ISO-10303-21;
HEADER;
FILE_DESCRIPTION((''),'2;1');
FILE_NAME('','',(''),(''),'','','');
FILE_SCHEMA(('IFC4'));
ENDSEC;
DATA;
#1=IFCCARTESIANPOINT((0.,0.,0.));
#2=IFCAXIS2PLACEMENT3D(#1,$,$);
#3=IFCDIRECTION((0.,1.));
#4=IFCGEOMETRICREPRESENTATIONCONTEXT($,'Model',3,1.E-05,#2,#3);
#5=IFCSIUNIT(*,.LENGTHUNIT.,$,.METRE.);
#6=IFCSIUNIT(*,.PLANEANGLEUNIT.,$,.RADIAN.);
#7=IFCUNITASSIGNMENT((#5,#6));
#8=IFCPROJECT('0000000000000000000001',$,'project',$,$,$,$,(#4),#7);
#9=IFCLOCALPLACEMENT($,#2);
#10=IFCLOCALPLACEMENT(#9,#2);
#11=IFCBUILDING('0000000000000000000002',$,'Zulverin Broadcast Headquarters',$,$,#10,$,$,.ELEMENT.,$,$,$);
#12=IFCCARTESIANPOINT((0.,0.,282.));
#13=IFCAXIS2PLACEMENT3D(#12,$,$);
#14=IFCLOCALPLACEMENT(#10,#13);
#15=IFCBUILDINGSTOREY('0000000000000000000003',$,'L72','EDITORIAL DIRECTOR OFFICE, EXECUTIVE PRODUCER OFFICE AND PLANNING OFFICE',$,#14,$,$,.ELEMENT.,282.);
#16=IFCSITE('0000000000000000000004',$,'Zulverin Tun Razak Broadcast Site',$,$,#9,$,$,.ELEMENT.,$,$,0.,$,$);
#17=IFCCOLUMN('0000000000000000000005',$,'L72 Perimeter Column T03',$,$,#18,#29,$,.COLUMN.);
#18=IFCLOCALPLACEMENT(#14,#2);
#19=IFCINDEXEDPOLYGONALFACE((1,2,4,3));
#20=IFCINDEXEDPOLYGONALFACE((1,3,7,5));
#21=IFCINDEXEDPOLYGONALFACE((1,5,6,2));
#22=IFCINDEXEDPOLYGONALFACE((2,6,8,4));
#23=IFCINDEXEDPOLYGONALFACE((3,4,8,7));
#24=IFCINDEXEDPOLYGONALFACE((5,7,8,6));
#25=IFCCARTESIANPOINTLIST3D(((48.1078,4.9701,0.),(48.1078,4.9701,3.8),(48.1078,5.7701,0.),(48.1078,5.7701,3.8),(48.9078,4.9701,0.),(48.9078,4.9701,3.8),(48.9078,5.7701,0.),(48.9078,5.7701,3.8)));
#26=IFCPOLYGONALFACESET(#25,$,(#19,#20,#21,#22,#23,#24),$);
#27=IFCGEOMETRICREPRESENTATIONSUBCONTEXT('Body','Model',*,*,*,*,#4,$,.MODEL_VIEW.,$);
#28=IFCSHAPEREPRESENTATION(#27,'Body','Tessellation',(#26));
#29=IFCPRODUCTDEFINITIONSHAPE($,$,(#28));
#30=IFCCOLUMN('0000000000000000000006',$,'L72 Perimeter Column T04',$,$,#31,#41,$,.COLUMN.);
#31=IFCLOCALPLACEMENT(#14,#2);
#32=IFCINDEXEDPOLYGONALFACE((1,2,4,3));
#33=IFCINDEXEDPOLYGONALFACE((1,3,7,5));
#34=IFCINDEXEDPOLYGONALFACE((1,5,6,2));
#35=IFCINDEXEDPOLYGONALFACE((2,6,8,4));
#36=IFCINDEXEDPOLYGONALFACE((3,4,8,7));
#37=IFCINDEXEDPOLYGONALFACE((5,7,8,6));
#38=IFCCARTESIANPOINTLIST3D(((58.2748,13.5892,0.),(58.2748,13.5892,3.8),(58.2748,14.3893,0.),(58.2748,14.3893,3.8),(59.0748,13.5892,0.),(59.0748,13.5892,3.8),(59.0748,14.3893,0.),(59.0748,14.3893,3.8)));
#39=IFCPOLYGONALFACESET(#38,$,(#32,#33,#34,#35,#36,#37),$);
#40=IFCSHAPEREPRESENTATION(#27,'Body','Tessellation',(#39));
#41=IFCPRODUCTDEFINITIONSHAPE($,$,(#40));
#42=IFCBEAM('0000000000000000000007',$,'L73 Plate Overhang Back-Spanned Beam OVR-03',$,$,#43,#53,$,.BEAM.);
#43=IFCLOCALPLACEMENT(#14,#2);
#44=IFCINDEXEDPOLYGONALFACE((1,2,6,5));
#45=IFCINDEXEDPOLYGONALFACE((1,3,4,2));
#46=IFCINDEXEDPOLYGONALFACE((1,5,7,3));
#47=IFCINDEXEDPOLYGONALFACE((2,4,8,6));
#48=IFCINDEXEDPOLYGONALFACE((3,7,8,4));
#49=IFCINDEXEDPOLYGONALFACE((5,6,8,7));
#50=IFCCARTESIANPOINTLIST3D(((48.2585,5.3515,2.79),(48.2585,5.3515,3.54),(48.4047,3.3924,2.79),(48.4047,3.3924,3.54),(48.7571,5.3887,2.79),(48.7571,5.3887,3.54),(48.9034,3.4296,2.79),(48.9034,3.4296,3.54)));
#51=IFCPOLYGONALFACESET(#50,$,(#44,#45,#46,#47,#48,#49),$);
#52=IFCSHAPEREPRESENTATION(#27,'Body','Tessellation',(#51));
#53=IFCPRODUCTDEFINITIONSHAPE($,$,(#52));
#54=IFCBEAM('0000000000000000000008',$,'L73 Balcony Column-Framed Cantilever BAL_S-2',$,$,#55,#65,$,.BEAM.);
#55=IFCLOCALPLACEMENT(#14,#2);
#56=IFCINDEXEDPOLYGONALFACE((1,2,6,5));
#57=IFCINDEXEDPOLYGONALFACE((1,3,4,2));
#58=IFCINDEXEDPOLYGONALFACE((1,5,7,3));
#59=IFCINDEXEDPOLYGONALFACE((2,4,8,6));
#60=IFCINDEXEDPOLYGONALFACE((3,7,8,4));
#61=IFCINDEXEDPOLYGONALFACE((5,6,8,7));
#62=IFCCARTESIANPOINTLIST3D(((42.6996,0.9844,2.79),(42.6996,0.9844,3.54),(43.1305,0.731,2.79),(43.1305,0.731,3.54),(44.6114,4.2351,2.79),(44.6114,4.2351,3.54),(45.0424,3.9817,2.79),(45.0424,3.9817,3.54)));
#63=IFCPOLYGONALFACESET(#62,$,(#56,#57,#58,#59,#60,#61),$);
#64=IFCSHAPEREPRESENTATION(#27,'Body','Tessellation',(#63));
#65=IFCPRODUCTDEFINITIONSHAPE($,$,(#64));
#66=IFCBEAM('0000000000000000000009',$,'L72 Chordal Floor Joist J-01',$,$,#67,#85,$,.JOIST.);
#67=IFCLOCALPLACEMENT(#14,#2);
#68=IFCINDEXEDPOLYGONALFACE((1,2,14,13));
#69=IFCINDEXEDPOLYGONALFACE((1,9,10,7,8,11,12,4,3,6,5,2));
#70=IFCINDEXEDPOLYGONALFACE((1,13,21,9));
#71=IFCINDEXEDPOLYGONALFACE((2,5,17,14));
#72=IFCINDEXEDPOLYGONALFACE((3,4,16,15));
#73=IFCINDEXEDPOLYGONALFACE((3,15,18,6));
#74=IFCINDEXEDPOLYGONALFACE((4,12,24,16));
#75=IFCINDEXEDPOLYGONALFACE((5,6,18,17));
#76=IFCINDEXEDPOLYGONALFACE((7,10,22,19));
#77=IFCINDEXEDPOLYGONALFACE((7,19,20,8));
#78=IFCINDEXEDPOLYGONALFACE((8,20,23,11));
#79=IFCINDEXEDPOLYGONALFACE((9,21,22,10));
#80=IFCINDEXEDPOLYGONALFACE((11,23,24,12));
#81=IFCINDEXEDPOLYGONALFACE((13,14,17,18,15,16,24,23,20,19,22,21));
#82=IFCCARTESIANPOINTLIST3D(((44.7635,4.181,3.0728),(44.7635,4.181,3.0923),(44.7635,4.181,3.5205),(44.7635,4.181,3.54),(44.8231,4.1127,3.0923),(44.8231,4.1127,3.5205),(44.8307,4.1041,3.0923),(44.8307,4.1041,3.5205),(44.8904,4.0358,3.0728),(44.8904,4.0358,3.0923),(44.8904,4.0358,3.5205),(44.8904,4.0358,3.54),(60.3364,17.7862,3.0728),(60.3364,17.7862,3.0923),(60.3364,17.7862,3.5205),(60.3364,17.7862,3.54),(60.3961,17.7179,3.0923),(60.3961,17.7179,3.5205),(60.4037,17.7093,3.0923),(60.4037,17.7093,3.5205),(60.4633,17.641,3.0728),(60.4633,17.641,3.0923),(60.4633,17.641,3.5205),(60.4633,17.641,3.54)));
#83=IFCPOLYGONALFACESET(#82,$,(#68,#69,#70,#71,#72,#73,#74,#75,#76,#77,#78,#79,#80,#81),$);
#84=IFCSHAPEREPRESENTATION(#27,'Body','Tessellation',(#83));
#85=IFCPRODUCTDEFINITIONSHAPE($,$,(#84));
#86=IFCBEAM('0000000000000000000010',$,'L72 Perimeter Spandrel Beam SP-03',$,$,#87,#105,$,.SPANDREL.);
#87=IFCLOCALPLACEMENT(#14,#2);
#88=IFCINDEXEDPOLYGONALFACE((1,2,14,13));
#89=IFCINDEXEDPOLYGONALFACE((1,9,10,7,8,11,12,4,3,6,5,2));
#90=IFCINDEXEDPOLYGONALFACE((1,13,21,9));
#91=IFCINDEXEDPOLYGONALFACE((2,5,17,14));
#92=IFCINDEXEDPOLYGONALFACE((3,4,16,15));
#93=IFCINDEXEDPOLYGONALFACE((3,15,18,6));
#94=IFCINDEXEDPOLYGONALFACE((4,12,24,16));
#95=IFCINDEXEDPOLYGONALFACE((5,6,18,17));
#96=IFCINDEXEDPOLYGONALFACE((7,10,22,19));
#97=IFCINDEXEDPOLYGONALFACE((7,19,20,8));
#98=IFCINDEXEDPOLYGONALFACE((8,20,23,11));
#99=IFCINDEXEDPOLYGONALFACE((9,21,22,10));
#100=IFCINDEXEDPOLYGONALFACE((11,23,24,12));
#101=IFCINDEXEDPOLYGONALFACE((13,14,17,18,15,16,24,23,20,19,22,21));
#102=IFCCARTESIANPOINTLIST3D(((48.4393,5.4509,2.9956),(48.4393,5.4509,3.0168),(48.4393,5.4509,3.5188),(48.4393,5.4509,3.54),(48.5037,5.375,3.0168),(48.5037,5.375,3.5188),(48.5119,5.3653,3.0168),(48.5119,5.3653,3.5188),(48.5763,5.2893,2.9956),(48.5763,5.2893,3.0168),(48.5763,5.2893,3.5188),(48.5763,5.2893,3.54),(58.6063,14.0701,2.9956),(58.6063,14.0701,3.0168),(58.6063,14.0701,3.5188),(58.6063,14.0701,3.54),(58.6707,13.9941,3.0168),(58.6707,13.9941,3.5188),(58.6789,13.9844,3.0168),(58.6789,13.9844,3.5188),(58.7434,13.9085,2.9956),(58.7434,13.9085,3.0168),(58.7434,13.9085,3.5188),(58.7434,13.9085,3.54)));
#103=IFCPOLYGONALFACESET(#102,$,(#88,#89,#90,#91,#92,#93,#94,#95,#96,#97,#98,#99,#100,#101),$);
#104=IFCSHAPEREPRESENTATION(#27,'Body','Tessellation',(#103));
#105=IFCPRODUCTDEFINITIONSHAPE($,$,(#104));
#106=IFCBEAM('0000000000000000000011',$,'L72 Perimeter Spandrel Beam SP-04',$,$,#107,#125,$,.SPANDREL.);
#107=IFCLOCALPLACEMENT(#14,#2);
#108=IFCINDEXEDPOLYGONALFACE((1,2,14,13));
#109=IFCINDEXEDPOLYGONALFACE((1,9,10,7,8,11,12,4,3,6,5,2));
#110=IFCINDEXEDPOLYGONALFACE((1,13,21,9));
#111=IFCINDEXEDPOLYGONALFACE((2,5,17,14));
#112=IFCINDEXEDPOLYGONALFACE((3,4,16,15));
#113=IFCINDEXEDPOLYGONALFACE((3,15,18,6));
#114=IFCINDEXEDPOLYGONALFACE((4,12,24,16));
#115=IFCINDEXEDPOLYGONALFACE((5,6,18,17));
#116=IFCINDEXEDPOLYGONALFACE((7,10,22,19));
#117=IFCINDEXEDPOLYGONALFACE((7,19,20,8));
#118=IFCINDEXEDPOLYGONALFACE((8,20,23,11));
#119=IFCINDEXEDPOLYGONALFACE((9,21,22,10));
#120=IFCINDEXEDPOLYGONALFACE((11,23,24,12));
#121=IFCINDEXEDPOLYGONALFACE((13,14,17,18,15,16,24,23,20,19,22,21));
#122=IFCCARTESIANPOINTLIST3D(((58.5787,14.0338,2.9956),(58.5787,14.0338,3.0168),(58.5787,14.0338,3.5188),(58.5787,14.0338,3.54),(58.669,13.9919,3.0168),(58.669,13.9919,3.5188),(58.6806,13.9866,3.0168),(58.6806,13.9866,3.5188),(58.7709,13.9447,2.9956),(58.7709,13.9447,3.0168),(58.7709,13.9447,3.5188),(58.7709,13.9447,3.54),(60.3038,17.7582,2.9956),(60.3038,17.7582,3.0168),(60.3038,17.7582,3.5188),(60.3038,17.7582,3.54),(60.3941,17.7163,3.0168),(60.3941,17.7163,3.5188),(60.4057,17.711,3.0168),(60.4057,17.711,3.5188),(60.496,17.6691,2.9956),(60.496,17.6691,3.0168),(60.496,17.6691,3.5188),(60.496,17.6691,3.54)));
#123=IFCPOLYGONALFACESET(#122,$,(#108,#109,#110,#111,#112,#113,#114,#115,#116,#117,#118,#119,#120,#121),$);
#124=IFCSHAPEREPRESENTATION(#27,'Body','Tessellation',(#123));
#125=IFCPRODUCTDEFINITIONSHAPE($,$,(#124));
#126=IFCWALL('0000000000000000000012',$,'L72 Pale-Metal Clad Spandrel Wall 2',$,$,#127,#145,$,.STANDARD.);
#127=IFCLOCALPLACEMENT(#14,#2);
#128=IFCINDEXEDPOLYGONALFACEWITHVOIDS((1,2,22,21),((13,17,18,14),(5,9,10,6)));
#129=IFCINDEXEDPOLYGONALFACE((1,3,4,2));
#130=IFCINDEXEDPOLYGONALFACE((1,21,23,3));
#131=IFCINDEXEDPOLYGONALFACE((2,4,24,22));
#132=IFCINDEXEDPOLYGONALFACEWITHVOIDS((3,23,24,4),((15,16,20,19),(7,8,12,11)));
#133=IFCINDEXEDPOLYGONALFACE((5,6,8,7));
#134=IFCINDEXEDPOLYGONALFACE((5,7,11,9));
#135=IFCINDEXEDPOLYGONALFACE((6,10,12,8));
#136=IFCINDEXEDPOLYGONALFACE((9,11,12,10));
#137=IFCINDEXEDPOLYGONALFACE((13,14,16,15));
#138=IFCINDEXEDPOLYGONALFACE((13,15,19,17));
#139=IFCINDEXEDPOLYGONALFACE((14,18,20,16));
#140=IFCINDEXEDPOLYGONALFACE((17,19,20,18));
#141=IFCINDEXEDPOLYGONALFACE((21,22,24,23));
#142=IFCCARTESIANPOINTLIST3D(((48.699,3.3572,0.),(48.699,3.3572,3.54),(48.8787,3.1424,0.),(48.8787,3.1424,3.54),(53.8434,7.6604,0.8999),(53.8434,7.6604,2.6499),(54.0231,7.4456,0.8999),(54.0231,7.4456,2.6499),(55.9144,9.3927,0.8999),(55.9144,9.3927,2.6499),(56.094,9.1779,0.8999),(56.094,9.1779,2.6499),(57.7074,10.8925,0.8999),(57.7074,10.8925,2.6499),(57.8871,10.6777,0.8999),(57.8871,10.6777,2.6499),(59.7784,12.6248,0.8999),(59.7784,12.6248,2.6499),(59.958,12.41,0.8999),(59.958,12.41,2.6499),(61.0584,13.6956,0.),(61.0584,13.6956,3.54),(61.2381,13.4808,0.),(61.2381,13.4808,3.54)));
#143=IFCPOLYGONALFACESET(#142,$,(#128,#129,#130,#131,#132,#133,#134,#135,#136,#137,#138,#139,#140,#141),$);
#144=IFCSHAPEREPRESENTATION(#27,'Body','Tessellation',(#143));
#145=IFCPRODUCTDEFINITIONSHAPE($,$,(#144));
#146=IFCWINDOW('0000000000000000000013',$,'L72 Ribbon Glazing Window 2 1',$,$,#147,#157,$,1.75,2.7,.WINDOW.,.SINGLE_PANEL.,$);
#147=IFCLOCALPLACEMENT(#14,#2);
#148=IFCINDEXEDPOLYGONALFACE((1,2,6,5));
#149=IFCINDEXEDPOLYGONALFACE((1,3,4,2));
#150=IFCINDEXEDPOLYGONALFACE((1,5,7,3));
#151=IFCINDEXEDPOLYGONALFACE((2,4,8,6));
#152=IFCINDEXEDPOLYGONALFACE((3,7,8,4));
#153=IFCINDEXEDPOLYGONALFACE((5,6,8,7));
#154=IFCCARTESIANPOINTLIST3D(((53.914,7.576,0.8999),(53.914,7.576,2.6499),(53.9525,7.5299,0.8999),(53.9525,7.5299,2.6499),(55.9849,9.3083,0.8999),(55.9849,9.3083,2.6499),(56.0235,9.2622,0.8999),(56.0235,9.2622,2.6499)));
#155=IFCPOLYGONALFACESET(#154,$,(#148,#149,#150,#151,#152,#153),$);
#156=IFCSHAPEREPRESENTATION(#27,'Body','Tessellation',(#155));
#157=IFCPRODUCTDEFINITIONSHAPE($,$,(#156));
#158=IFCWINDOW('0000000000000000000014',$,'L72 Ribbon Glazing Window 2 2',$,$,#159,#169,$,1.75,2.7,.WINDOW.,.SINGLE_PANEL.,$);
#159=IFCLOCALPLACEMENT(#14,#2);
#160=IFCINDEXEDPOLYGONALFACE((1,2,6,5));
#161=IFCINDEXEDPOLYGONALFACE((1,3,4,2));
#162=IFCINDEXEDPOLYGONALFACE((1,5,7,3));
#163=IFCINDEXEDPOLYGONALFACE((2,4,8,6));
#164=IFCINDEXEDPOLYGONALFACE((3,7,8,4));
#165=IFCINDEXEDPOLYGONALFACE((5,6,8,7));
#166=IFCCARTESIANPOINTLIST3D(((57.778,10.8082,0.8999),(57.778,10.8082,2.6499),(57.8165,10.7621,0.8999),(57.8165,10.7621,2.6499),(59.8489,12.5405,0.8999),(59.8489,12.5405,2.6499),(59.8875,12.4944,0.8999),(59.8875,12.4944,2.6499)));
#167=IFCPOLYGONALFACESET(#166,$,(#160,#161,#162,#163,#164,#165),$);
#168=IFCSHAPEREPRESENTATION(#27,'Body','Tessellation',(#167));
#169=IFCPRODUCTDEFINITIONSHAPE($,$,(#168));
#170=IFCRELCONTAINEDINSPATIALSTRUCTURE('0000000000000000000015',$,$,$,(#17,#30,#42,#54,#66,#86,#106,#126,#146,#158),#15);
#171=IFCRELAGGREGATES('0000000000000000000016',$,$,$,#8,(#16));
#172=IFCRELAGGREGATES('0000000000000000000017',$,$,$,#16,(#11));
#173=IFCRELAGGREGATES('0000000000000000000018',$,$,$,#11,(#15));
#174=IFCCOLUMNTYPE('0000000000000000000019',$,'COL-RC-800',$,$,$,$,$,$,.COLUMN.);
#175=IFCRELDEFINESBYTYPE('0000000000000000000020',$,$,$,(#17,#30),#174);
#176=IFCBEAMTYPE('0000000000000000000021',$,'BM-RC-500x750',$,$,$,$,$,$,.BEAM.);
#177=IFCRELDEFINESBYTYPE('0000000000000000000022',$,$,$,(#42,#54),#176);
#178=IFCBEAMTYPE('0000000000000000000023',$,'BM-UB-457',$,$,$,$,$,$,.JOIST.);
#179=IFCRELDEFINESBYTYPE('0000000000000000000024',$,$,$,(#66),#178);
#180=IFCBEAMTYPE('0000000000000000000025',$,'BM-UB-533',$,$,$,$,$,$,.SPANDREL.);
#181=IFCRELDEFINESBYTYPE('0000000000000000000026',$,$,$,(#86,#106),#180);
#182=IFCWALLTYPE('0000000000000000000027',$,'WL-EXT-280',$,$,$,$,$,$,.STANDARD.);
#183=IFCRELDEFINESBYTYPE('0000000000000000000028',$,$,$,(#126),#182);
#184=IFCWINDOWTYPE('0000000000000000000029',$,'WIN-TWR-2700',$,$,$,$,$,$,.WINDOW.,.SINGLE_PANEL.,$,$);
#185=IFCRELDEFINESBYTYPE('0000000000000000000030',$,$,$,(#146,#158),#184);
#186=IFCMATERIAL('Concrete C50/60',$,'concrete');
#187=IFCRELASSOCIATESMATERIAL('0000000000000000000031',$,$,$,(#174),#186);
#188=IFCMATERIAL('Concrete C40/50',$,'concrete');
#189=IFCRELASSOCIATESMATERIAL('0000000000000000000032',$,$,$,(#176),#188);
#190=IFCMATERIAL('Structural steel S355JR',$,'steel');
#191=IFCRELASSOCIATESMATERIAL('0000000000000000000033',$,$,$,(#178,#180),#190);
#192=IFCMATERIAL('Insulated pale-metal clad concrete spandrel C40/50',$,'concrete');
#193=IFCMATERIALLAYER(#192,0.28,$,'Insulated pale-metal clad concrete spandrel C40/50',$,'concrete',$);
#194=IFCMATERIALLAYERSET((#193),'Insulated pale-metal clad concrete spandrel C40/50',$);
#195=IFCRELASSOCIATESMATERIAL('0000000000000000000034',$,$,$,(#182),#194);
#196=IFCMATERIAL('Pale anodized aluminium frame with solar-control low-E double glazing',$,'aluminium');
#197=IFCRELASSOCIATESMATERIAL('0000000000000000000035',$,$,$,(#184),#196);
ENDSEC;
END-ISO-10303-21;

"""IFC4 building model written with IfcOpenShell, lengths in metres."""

from ifc_helpers import new_model, si_unit, direction, frame, frame_2d, origin, origin_2d, place, context, subcontext, project, spatial, rectangle, i_section, extrude, material, layer, layer_set, material_profile, profile_set, type_object, element, fill, save


model = new_model("IFC4")

# Units and contexts
model_context = context("Model", 3, precision=1e-05, world=origin(), true_north=direction((0.0, 1.0)))
body_context = subcontext(model_context, "Body", "Model", "MODEL_VIEW")
ifc_project = project(units=[si_unit("LENGTHUNIT", "METRE"), si_unit("PLANEANGLEUNIT", "RADIAN")], contexts=[model_context])

# Site, building, storey
site_placement = place(None, origin())
site = spatial("IfcSite", under=ifc_project, at=site_placement, Name="Zulverin Tun Razak Broadcast Site", CompositionType="ELEMENT", RefElevation=0.0)
building_placement = place(site_placement, origin())
building = spatial("IfcBuilding", under=site, at=building_placement, Name="Zulverin Broadcast Headquarters", CompositionType="ELEMENT")
storey_placement = place(building_placement, frame((0.0, 0.0, 282.0)))
storey = spatial("IfcBuildingStorey", under=building, at=storey_placement, Name="L72", Description="EDITORIAL DIRECTOR OFFICE, EXECUTIVE PRODUCER OFFICE AND PLANNING OFFICE", CompositionType="ELEMENT", Elevation=282.0)

# Columns
ifc_material_1 = material(Name="Concrete C50/60", Category="concrete")
ifc_material_profile_1 = material_profile(ifc_material_1, rectangle(XDim=0.8, YDim=0.8, at=origin_2d()), Name="Concrete C50/60", Category="concrete")
ifc_profile_set_1 = profile_set([ifc_material_profile_1], Name="Concrete C50/60")
column_type = type_object("IfcColumnType", Name="COL-RC-800", PredefinedType="COLUMN", material=ifc_profile_set_1)
for number, where, z_axis, x_axis, name in (
    (1, (48.5078, 5.3701, 0.0), (0.0, 0.0, 1.0), (1.0, 0.0, 0.0), "L72 Perimeter Column T03"),
    (2, (58.6748, 13.9893, 0.0), (0.0, 0.0, 1.0), (1.0, 0.0, 0.0), "L72 Perimeter Column T04"),
):
    element("IfcColumn", number, at=place(storey_placement, frame(where, z_axis=z_axis, x_axis=x_axis)), inside=storey, type_object=column_type, Name=name, PredefinedType="COLUMN", context=body_context, shape_type="SweptSolid", body=[
        extrude(rectangle(XDim=0.8, YDim=0.8, at=origin_2d()), origin(), (0.0, 0.0, 1.0), 3.8),
    ])

# Beams
ifc_material_2 = material(Name="Concrete C40/50", Category="concrete")
ifc_material_profile_2 = material_profile(ifc_material_2, rectangle(XDim=0.5, YDim=0.75, at=origin_2d()), Name="Concrete C40/50", Category="concrete")
ifc_profile_set_2 = profile_set([ifc_material_profile_2], Name="Concrete C40/50")
beam_type_1 = type_object("IfcBeamType", Name="BM-RC-500x750", PredefinedType="BEAM", material=ifc_profile_set_2)
beam_1_placement = place(storey_placement, frame((48.5078, 5.3701, 3.165), z_axis=(0.074435, -0.997226, 0.0), x_axis=(0.997226, 0.074435, 0.0)))
element("IfcBeam", 3, at=beam_1_placement, inside=storey, type_object=beam_type_1, Name="L73 Plate Overhang Back-Spanned Beam OVR-03", PredefinedType="BEAM", context=body_context, shape_type="SweptSolid", body=[
    extrude(rectangle(XDim=0.5, YDim=0.75, at=origin_2d()), origin(), (0.0, 0.0, 1.0), 1.9646),
])
beam_2_placement = place(storey_placement, frame((44.8269, 4.1084, 3.165), z_axis=(-0.506955, -0.861972, 0.0), x_axis=(0.861972, -0.506955, 0.0)))
element("IfcBeam", 4, at=beam_2_placement, inside=storey, type_object=beam_type_1, Name="L73 Balcony Column-Framed Cantilever BAL_S-2", PredefinedType="BEAM", context=body_context, shape_type="SweptSolid", body=[
    extrude(rectangle(XDim=0.5, YDim=0.75, at=origin_2d()), origin(), (0.0, 0.0, 1.0), 3.7712),
])
ifc_material_3 = material(Name="Structural steel S355JR", Category="steel")
ifc_material_profile_3 = material_profile(ifc_material_3, i_section(OverallWidth=0.1929, OverallDepth=0.4673, WebThickness=0.0115, FlangeThickness=0.0195, at=origin_2d()), Name="Structural steel S355JR", Category="steel")
ifc_profile_set_3 = profile_set([ifc_material_profile_3], Name="Structural steel S355JR")
beam_type_2 = type_object("IfcBeamType", Name="BM-UB-457", PredefinedType="JOIST", material=ifc_profile_set_3)
beam_3_placement = place(storey_placement, frame((44.8269, 4.1084, 3.3064), z_axis=(0.753083, 0.657925, 0.0), x_axis=(-0.657925, 0.753083, 0.0)))
element("IfcBeam", 5, at=beam_3_placement, inside=storey, type_object=beam_type_2, Name="L72 Chordal Floor Joist J-01", PredefinedType="JOIST", context=body_context, shape_type="SweptSolid", body=[
    extrude(i_section(OverallWidth=0.1929, OverallDepth=0.4673, WebThickness=0.0115, FlangeThickness=0.0195, at=origin_2d()), origin(), (0.0, 0.0, 1.0), 20.679),
])
ifc_material_profile_4 = material_profile(ifc_material_3, i_section(OverallWidth=0.2119, OverallDepth=0.5444, WebThickness=0.0127, FlangeThickness=0.0212, at=origin_2d()), Name="Structural steel S355JR", Category="steel")
ifc_profile_set_4 = profile_set([ifc_material_profile_4], Name="Structural steel S355JR")
beam_type_3 = type_object("IfcBeamType", Name="BM-UB-533", PredefinedType="SPANDREL", material=ifc_profile_set_4)
beam_4_placement = place(storey_placement, frame((48.5078, 5.3701, 3.2678), z_axis=(0.762783, 0.646655, 0.0), x_axis=(-0.646655, 0.762783, 0.0)))
element("IfcBeam", 6, at=beam_4_placement, inside=storey, type_object=beam_type_3, Name="L72 Perimeter Spandrel Beam SP-03", PredefinedType="SPANDREL", context=body_context, shape_type="SweptSolid", body=[
    extrude(i_section(OverallWidth=0.2119, OverallDepth=0.5444, WebThickness=0.0127, FlangeThickness=0.0212, at=origin_2d()), origin(), (0.0, 0.0, 1.0), 13.3289),
])
beam_5_placement = place(storey_placement, frame((58.6748, 13.9893, 3.2678), z_axis=(0.420295, 0.907388, 0.0), x_axis=(-0.907388, 0.420295, 0.0)))
element("IfcBeam", 7, at=beam_5_placement, inside=storey, type_object=beam_type_3, Name="L72 Perimeter Spandrel Beam SP-04", PredefinedType="SPANDREL", context=body_context, shape_type="SweptSolid", body=[
    extrude(i_section(OverallWidth=0.2119, OverallDepth=0.5444, WebThickness=0.0127, FlangeThickness=0.0212, at=origin_2d()), origin(), (0.0, 0.0, 1.0), 4.1045),
])

# Wall, openings, windows
ifc_material_4 = material(Name="Insulated pale-metal clad concrete spandrel C40/50", Category="concrete")
ifc_layer_1 = layer(ifc_material_4, 0.28, Name="Insulated pale-metal clad concrete spandrel C40/50", Category="concrete")
ifc_layer_set_1 = layer_set([ifc_layer_1], Name="Insulated pale-metal clad concrete spandrel C40/50")
wall_type_1 = type_object("IfcWallType", Name="WL-EXT-280", PredefinedType="STANDARD", material=ifc_layer_set_1)
wall_1_placement = place(storey_placement, frame((48.7888, 3.2498, 0.0), z_axis=(0.0, 0.0, 1.0), x_axis=(0.767033, 0.641608, 0.0)))
wall_1 = element("IfcWall", 8, at=wall_1_placement, inside=storey, type_object=wall_type_1, Name="L72 Pale-Metal Clad Spandrel Wall 2", PredefinedType="STANDARD", context=body_context, shape_type="SweptSolid", body=[
    extrude(rectangle(XDim=16.1133, YDim=0.28, at=frame_2d((8.0566, 0.0))), origin(), (0.0, 0.0, 1.0), 3.54),
])
opening_1_placement = place(wall_1_placement, frame((6.7068, 0.0, 0.8999)))
opening_1 = element("IfcOpeningElement", 9, at=opening_1_placement, cuts=wall_1, PredefinedType="OPENING", context=body_context, shape_type="SweptSolid", body=[
    extrude(rectangle(XDim=2.7, YDim=1.75, at=frame_2d((1.3501, 0.875))), frame((0.0, 0.1499, 0.0), z_axis=(0.0, -1.0, 0.0), x_axis=(1.0, 0.0, 0.0)), (0.0, 0.0, 1.0), 0.3),
])
opening_2_placement = place(wall_1_placement, frame((11.7444, 0.0, 0.8999)))
opening_2 = element("IfcOpeningElement", 10, at=opening_2_placement, cuts=wall_1, PredefinedType="OPENING", context=body_context, shape_type="SweptSolid", body=[
    extrude(rectangle(XDim=2.7, YDim=1.75, at=frame_2d((1.3501, 0.875))), frame((0.0, 0.1499, 0.0), z_axis=(0.0, -1.0, 0.0), x_axis=(1.0, 0.0, 0.0)), (0.0, 0.0, 1.0), 0.3),
])
ifc_material_5 = material(Name="Pale anodized aluminium frame with solar-control low-E double glazing", Category="aluminium")
window_type = type_object("IfcWindowType", Name="WIN-TWR-2700", PartitioningType="SINGLE_PANEL", PredefinedType="WINDOW", material=ifc_material_5)
window_1_placement = place(opening_1_placement, origin())
window_1 = element("IfcWindow", 11, at=window_1_placement, inside=storey, type_object=window_type, Name="L72 Ribbon Glazing Window 2 1", OverallHeight=1.75, OverallWidth=2.7, PartitioningType="SINGLE_PANEL", PredefinedType="WINDOW", context=body_context, shape_type="SweptSolid", body=[
    extrude(rectangle(XDim=2.7, YDim=1.75, at=frame_2d((1.3501, 0.875))), frame((0.0, 0.03, 0.0), z_axis=(0.0, -1.0, 0.0), x_axis=(1.0, 0.0, 0.0)), (0.0, 0.0, 1.0), 0.0601),
])
fill(opening_1, window_1)
window_2_placement = place(opening_2_placement, origin())
window_2 = element("IfcWindow", 12, at=window_2_placement, inside=storey, type_object=window_type, Name="L72 Ribbon Glazing Window 2 2", OverallHeight=1.75, OverallWidth=2.7, PartitioningType="SINGLE_PANEL", PredefinedType="WINDOW", context=body_context, shape_type="SweptSolid", body=[
    extrude(rectangle(XDim=2.7, YDim=1.75, at=frame_2d((1.3501, 0.875))), frame((0.0, 0.03, 0.0), z_axis=(0.0, -1.0, 0.0), x_axis=(1.0, 0.0, 0.0)), (0.0, 0.0, 1.0), 0.0601),
])
fill(opening_2, window_2)

save(model, "model.ifc")
